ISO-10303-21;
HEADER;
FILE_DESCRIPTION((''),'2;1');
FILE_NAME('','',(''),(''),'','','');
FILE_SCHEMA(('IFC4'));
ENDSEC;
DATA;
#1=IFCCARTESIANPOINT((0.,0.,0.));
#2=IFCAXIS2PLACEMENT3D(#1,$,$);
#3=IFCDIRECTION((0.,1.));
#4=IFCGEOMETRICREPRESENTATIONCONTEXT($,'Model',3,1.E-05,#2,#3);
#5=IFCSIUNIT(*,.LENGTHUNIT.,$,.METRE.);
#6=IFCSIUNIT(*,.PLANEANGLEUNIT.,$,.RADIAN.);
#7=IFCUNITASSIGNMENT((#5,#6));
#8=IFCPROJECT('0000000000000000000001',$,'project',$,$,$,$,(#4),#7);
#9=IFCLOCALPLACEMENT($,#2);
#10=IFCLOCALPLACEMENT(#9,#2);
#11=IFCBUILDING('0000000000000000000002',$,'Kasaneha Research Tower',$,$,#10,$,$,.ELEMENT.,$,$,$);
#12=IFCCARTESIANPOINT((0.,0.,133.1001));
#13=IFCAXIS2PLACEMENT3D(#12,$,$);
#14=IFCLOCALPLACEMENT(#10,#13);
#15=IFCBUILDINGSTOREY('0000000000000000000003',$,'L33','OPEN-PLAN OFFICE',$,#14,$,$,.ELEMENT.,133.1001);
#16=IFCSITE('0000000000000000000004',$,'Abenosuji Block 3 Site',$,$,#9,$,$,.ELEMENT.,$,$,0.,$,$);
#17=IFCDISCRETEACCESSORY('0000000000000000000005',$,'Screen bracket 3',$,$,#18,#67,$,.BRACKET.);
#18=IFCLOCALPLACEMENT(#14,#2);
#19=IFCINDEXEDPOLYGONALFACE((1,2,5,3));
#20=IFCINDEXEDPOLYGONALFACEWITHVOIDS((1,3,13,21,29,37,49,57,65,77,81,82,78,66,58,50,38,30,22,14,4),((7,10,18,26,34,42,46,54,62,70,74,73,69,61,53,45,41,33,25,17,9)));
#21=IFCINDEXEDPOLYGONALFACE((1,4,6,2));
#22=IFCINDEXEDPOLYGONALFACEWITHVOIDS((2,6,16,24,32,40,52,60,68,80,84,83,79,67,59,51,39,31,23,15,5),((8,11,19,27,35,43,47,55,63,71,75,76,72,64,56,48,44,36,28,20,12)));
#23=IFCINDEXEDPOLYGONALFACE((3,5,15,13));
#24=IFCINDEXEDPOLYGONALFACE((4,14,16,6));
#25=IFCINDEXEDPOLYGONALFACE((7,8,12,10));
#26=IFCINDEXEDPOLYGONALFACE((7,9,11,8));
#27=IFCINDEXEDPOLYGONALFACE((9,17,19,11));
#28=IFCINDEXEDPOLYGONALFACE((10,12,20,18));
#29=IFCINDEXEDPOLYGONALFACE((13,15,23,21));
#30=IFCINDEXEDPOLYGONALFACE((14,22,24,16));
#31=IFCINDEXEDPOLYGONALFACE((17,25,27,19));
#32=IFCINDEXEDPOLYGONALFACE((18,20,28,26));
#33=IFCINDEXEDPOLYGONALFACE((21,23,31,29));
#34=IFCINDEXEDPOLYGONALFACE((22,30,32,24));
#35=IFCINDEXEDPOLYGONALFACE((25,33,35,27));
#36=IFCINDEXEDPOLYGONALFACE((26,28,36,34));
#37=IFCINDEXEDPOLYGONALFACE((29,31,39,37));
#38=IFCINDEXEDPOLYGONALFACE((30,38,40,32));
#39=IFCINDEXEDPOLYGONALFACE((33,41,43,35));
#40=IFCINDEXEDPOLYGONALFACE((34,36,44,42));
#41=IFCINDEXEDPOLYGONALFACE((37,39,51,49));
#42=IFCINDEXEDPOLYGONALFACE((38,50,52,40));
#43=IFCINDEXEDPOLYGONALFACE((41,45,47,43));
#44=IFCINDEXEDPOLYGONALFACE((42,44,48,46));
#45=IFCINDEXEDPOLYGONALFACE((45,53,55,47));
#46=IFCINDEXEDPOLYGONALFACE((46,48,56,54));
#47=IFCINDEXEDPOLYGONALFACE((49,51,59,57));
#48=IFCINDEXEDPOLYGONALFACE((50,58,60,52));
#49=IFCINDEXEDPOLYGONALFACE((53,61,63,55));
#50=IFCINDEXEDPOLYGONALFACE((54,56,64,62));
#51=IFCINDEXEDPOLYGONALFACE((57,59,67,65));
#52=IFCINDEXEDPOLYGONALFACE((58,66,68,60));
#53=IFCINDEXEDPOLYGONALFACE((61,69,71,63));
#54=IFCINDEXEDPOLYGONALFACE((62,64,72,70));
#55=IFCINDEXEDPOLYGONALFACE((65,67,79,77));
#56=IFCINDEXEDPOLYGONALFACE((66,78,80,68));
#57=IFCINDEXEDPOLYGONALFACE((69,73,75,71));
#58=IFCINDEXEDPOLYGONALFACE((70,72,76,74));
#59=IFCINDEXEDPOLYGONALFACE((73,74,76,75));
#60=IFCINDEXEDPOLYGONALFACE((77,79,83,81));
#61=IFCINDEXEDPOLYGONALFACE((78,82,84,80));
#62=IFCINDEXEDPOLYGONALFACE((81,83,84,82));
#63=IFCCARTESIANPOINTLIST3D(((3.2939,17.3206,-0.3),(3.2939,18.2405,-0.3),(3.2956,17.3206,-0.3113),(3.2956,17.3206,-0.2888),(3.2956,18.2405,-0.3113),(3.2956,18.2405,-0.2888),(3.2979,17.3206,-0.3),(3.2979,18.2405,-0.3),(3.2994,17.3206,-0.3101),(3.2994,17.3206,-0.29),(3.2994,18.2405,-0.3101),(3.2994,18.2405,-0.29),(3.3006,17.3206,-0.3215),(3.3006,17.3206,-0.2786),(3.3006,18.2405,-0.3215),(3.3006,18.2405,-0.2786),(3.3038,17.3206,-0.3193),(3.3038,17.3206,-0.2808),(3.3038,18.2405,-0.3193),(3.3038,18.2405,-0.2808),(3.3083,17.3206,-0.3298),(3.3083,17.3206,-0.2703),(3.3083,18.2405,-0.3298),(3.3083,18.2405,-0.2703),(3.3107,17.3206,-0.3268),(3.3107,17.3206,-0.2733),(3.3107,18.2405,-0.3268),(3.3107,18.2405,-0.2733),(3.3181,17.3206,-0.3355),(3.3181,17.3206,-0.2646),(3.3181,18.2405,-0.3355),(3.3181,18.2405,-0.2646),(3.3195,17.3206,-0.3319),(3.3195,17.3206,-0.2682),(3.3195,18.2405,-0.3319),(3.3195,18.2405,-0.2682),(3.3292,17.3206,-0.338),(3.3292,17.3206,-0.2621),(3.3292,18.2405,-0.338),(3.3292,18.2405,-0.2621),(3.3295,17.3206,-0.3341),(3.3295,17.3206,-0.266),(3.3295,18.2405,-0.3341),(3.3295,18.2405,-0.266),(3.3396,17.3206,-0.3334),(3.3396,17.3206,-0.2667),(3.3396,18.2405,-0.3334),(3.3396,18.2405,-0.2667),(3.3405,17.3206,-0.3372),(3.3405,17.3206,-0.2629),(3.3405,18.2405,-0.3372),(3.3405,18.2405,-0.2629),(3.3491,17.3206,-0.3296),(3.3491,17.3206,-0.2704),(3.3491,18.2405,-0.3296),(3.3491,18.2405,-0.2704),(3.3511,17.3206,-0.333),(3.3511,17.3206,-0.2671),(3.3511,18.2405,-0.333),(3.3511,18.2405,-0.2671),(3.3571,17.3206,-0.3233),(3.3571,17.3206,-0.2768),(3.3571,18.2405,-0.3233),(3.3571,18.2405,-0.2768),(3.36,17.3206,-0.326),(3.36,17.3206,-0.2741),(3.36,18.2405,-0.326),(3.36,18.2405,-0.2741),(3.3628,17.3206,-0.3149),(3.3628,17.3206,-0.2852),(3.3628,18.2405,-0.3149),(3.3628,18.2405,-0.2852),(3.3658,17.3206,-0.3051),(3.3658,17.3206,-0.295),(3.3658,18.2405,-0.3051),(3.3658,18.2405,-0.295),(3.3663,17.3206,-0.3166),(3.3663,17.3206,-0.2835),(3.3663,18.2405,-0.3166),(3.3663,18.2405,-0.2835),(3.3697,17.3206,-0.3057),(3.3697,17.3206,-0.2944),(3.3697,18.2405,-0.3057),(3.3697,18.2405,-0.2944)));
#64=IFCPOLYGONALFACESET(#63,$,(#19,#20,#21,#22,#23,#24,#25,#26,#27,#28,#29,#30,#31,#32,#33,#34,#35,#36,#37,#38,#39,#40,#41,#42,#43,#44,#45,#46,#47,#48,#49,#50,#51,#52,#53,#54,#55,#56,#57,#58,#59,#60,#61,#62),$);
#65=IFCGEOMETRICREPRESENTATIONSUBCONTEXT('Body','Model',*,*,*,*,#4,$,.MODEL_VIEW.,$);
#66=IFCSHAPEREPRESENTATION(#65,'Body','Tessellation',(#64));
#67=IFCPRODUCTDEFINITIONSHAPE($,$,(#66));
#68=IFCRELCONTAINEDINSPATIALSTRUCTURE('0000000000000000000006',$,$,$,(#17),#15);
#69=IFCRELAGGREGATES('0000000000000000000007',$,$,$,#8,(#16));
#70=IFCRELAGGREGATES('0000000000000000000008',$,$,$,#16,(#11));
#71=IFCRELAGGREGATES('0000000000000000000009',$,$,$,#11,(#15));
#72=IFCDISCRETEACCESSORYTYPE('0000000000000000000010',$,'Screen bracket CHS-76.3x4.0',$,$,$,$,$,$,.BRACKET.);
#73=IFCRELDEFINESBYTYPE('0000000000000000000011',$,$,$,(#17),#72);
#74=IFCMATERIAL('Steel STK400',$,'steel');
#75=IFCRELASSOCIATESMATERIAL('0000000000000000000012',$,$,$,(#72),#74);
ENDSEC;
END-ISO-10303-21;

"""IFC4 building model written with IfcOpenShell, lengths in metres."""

from ifc_helpers import new_model, si_unit, direction, frame, origin, origin_2d, place, context, subcontext, project, spatial, hollow_circle, extrude, material, material_profile, profile_set, type_object, element, save


model = new_model("IFC4")

# Units and contexts
model_context = context("Model", 3, precision=1e-05, world=origin(), true_north=direction((0.0, 1.0)))
body_context = subcontext(model_context, "Body", "Model", "MODEL_VIEW")
ifc_project = project(units=[si_unit("LENGTHUNIT", "METRE"), si_unit("PLANEANGLEUNIT", "RADIAN")], contexts=[model_context])

# Site, building, storey
site_placement = place(None, origin())
site = spatial("IfcSite", under=ifc_project, at=site_placement, Name="Abenosuji Block 3 Site", CompositionType="ELEMENT", RefElevation=0.0)
building_placement = place(site_placement, origin())
building = spatial("IfcBuilding", under=site, at=building_placement, Name="Kasaneha Research Tower", CompositionType="ELEMENT")
storey_placement = place(building_placement, frame((0.0, 0.0, 133.1001)))
storey = spatial("IfcBuildingStorey", under=building, at=storey_placement, Name="L33", Description="OPEN-PLAN OFFICE", CompositionType="ELEMENT", Elevation=133.1001)

# Discrete accessory
ifc_material_1 = material(Name="Steel STK400", Category="steel")
ifc_material_profile_1 = material_profile(ifc_material_1, hollow_circle(Radius=0.0381, WallThickness=0.0039, at=origin_2d()), Name="CHS-76.3x4.0")
ifc_profile_set_1 = profile_set([ifc_material_profile_1], Name="Steel STK400")
discrete_accessory_type = type_object("IfcDiscreteAccessoryType", Name="Screen bracket CHS-76.3x4.0", PredefinedType="BRACKET", material=ifc_profile_set_1)
for number, where, z_axis, x_axis, name in (
    (1, (3.332, 17.3206, -0.3), (0.0, 1.0, 0.0), (-1.0, 0.0, 0.0), "Screen bracket 3"),
):
    element("IfcDiscreteAccessory", number, at=place(storey_placement, frame(where, z_axis=z_axis, x_axis=x_axis)), inside=storey, type_object=discrete_accessory_type, Name=name, PredefinedType="BRACKET", context=body_context, shape_type="SweptSolid", body=[
        extrude(hollow_circle(Radius=0.0381, WallThickness=0.0039, at=origin_2d()), origin(), (0.0, 0.0, 1.0), 0.9199),
    ])

save(model, "model.ifc")
